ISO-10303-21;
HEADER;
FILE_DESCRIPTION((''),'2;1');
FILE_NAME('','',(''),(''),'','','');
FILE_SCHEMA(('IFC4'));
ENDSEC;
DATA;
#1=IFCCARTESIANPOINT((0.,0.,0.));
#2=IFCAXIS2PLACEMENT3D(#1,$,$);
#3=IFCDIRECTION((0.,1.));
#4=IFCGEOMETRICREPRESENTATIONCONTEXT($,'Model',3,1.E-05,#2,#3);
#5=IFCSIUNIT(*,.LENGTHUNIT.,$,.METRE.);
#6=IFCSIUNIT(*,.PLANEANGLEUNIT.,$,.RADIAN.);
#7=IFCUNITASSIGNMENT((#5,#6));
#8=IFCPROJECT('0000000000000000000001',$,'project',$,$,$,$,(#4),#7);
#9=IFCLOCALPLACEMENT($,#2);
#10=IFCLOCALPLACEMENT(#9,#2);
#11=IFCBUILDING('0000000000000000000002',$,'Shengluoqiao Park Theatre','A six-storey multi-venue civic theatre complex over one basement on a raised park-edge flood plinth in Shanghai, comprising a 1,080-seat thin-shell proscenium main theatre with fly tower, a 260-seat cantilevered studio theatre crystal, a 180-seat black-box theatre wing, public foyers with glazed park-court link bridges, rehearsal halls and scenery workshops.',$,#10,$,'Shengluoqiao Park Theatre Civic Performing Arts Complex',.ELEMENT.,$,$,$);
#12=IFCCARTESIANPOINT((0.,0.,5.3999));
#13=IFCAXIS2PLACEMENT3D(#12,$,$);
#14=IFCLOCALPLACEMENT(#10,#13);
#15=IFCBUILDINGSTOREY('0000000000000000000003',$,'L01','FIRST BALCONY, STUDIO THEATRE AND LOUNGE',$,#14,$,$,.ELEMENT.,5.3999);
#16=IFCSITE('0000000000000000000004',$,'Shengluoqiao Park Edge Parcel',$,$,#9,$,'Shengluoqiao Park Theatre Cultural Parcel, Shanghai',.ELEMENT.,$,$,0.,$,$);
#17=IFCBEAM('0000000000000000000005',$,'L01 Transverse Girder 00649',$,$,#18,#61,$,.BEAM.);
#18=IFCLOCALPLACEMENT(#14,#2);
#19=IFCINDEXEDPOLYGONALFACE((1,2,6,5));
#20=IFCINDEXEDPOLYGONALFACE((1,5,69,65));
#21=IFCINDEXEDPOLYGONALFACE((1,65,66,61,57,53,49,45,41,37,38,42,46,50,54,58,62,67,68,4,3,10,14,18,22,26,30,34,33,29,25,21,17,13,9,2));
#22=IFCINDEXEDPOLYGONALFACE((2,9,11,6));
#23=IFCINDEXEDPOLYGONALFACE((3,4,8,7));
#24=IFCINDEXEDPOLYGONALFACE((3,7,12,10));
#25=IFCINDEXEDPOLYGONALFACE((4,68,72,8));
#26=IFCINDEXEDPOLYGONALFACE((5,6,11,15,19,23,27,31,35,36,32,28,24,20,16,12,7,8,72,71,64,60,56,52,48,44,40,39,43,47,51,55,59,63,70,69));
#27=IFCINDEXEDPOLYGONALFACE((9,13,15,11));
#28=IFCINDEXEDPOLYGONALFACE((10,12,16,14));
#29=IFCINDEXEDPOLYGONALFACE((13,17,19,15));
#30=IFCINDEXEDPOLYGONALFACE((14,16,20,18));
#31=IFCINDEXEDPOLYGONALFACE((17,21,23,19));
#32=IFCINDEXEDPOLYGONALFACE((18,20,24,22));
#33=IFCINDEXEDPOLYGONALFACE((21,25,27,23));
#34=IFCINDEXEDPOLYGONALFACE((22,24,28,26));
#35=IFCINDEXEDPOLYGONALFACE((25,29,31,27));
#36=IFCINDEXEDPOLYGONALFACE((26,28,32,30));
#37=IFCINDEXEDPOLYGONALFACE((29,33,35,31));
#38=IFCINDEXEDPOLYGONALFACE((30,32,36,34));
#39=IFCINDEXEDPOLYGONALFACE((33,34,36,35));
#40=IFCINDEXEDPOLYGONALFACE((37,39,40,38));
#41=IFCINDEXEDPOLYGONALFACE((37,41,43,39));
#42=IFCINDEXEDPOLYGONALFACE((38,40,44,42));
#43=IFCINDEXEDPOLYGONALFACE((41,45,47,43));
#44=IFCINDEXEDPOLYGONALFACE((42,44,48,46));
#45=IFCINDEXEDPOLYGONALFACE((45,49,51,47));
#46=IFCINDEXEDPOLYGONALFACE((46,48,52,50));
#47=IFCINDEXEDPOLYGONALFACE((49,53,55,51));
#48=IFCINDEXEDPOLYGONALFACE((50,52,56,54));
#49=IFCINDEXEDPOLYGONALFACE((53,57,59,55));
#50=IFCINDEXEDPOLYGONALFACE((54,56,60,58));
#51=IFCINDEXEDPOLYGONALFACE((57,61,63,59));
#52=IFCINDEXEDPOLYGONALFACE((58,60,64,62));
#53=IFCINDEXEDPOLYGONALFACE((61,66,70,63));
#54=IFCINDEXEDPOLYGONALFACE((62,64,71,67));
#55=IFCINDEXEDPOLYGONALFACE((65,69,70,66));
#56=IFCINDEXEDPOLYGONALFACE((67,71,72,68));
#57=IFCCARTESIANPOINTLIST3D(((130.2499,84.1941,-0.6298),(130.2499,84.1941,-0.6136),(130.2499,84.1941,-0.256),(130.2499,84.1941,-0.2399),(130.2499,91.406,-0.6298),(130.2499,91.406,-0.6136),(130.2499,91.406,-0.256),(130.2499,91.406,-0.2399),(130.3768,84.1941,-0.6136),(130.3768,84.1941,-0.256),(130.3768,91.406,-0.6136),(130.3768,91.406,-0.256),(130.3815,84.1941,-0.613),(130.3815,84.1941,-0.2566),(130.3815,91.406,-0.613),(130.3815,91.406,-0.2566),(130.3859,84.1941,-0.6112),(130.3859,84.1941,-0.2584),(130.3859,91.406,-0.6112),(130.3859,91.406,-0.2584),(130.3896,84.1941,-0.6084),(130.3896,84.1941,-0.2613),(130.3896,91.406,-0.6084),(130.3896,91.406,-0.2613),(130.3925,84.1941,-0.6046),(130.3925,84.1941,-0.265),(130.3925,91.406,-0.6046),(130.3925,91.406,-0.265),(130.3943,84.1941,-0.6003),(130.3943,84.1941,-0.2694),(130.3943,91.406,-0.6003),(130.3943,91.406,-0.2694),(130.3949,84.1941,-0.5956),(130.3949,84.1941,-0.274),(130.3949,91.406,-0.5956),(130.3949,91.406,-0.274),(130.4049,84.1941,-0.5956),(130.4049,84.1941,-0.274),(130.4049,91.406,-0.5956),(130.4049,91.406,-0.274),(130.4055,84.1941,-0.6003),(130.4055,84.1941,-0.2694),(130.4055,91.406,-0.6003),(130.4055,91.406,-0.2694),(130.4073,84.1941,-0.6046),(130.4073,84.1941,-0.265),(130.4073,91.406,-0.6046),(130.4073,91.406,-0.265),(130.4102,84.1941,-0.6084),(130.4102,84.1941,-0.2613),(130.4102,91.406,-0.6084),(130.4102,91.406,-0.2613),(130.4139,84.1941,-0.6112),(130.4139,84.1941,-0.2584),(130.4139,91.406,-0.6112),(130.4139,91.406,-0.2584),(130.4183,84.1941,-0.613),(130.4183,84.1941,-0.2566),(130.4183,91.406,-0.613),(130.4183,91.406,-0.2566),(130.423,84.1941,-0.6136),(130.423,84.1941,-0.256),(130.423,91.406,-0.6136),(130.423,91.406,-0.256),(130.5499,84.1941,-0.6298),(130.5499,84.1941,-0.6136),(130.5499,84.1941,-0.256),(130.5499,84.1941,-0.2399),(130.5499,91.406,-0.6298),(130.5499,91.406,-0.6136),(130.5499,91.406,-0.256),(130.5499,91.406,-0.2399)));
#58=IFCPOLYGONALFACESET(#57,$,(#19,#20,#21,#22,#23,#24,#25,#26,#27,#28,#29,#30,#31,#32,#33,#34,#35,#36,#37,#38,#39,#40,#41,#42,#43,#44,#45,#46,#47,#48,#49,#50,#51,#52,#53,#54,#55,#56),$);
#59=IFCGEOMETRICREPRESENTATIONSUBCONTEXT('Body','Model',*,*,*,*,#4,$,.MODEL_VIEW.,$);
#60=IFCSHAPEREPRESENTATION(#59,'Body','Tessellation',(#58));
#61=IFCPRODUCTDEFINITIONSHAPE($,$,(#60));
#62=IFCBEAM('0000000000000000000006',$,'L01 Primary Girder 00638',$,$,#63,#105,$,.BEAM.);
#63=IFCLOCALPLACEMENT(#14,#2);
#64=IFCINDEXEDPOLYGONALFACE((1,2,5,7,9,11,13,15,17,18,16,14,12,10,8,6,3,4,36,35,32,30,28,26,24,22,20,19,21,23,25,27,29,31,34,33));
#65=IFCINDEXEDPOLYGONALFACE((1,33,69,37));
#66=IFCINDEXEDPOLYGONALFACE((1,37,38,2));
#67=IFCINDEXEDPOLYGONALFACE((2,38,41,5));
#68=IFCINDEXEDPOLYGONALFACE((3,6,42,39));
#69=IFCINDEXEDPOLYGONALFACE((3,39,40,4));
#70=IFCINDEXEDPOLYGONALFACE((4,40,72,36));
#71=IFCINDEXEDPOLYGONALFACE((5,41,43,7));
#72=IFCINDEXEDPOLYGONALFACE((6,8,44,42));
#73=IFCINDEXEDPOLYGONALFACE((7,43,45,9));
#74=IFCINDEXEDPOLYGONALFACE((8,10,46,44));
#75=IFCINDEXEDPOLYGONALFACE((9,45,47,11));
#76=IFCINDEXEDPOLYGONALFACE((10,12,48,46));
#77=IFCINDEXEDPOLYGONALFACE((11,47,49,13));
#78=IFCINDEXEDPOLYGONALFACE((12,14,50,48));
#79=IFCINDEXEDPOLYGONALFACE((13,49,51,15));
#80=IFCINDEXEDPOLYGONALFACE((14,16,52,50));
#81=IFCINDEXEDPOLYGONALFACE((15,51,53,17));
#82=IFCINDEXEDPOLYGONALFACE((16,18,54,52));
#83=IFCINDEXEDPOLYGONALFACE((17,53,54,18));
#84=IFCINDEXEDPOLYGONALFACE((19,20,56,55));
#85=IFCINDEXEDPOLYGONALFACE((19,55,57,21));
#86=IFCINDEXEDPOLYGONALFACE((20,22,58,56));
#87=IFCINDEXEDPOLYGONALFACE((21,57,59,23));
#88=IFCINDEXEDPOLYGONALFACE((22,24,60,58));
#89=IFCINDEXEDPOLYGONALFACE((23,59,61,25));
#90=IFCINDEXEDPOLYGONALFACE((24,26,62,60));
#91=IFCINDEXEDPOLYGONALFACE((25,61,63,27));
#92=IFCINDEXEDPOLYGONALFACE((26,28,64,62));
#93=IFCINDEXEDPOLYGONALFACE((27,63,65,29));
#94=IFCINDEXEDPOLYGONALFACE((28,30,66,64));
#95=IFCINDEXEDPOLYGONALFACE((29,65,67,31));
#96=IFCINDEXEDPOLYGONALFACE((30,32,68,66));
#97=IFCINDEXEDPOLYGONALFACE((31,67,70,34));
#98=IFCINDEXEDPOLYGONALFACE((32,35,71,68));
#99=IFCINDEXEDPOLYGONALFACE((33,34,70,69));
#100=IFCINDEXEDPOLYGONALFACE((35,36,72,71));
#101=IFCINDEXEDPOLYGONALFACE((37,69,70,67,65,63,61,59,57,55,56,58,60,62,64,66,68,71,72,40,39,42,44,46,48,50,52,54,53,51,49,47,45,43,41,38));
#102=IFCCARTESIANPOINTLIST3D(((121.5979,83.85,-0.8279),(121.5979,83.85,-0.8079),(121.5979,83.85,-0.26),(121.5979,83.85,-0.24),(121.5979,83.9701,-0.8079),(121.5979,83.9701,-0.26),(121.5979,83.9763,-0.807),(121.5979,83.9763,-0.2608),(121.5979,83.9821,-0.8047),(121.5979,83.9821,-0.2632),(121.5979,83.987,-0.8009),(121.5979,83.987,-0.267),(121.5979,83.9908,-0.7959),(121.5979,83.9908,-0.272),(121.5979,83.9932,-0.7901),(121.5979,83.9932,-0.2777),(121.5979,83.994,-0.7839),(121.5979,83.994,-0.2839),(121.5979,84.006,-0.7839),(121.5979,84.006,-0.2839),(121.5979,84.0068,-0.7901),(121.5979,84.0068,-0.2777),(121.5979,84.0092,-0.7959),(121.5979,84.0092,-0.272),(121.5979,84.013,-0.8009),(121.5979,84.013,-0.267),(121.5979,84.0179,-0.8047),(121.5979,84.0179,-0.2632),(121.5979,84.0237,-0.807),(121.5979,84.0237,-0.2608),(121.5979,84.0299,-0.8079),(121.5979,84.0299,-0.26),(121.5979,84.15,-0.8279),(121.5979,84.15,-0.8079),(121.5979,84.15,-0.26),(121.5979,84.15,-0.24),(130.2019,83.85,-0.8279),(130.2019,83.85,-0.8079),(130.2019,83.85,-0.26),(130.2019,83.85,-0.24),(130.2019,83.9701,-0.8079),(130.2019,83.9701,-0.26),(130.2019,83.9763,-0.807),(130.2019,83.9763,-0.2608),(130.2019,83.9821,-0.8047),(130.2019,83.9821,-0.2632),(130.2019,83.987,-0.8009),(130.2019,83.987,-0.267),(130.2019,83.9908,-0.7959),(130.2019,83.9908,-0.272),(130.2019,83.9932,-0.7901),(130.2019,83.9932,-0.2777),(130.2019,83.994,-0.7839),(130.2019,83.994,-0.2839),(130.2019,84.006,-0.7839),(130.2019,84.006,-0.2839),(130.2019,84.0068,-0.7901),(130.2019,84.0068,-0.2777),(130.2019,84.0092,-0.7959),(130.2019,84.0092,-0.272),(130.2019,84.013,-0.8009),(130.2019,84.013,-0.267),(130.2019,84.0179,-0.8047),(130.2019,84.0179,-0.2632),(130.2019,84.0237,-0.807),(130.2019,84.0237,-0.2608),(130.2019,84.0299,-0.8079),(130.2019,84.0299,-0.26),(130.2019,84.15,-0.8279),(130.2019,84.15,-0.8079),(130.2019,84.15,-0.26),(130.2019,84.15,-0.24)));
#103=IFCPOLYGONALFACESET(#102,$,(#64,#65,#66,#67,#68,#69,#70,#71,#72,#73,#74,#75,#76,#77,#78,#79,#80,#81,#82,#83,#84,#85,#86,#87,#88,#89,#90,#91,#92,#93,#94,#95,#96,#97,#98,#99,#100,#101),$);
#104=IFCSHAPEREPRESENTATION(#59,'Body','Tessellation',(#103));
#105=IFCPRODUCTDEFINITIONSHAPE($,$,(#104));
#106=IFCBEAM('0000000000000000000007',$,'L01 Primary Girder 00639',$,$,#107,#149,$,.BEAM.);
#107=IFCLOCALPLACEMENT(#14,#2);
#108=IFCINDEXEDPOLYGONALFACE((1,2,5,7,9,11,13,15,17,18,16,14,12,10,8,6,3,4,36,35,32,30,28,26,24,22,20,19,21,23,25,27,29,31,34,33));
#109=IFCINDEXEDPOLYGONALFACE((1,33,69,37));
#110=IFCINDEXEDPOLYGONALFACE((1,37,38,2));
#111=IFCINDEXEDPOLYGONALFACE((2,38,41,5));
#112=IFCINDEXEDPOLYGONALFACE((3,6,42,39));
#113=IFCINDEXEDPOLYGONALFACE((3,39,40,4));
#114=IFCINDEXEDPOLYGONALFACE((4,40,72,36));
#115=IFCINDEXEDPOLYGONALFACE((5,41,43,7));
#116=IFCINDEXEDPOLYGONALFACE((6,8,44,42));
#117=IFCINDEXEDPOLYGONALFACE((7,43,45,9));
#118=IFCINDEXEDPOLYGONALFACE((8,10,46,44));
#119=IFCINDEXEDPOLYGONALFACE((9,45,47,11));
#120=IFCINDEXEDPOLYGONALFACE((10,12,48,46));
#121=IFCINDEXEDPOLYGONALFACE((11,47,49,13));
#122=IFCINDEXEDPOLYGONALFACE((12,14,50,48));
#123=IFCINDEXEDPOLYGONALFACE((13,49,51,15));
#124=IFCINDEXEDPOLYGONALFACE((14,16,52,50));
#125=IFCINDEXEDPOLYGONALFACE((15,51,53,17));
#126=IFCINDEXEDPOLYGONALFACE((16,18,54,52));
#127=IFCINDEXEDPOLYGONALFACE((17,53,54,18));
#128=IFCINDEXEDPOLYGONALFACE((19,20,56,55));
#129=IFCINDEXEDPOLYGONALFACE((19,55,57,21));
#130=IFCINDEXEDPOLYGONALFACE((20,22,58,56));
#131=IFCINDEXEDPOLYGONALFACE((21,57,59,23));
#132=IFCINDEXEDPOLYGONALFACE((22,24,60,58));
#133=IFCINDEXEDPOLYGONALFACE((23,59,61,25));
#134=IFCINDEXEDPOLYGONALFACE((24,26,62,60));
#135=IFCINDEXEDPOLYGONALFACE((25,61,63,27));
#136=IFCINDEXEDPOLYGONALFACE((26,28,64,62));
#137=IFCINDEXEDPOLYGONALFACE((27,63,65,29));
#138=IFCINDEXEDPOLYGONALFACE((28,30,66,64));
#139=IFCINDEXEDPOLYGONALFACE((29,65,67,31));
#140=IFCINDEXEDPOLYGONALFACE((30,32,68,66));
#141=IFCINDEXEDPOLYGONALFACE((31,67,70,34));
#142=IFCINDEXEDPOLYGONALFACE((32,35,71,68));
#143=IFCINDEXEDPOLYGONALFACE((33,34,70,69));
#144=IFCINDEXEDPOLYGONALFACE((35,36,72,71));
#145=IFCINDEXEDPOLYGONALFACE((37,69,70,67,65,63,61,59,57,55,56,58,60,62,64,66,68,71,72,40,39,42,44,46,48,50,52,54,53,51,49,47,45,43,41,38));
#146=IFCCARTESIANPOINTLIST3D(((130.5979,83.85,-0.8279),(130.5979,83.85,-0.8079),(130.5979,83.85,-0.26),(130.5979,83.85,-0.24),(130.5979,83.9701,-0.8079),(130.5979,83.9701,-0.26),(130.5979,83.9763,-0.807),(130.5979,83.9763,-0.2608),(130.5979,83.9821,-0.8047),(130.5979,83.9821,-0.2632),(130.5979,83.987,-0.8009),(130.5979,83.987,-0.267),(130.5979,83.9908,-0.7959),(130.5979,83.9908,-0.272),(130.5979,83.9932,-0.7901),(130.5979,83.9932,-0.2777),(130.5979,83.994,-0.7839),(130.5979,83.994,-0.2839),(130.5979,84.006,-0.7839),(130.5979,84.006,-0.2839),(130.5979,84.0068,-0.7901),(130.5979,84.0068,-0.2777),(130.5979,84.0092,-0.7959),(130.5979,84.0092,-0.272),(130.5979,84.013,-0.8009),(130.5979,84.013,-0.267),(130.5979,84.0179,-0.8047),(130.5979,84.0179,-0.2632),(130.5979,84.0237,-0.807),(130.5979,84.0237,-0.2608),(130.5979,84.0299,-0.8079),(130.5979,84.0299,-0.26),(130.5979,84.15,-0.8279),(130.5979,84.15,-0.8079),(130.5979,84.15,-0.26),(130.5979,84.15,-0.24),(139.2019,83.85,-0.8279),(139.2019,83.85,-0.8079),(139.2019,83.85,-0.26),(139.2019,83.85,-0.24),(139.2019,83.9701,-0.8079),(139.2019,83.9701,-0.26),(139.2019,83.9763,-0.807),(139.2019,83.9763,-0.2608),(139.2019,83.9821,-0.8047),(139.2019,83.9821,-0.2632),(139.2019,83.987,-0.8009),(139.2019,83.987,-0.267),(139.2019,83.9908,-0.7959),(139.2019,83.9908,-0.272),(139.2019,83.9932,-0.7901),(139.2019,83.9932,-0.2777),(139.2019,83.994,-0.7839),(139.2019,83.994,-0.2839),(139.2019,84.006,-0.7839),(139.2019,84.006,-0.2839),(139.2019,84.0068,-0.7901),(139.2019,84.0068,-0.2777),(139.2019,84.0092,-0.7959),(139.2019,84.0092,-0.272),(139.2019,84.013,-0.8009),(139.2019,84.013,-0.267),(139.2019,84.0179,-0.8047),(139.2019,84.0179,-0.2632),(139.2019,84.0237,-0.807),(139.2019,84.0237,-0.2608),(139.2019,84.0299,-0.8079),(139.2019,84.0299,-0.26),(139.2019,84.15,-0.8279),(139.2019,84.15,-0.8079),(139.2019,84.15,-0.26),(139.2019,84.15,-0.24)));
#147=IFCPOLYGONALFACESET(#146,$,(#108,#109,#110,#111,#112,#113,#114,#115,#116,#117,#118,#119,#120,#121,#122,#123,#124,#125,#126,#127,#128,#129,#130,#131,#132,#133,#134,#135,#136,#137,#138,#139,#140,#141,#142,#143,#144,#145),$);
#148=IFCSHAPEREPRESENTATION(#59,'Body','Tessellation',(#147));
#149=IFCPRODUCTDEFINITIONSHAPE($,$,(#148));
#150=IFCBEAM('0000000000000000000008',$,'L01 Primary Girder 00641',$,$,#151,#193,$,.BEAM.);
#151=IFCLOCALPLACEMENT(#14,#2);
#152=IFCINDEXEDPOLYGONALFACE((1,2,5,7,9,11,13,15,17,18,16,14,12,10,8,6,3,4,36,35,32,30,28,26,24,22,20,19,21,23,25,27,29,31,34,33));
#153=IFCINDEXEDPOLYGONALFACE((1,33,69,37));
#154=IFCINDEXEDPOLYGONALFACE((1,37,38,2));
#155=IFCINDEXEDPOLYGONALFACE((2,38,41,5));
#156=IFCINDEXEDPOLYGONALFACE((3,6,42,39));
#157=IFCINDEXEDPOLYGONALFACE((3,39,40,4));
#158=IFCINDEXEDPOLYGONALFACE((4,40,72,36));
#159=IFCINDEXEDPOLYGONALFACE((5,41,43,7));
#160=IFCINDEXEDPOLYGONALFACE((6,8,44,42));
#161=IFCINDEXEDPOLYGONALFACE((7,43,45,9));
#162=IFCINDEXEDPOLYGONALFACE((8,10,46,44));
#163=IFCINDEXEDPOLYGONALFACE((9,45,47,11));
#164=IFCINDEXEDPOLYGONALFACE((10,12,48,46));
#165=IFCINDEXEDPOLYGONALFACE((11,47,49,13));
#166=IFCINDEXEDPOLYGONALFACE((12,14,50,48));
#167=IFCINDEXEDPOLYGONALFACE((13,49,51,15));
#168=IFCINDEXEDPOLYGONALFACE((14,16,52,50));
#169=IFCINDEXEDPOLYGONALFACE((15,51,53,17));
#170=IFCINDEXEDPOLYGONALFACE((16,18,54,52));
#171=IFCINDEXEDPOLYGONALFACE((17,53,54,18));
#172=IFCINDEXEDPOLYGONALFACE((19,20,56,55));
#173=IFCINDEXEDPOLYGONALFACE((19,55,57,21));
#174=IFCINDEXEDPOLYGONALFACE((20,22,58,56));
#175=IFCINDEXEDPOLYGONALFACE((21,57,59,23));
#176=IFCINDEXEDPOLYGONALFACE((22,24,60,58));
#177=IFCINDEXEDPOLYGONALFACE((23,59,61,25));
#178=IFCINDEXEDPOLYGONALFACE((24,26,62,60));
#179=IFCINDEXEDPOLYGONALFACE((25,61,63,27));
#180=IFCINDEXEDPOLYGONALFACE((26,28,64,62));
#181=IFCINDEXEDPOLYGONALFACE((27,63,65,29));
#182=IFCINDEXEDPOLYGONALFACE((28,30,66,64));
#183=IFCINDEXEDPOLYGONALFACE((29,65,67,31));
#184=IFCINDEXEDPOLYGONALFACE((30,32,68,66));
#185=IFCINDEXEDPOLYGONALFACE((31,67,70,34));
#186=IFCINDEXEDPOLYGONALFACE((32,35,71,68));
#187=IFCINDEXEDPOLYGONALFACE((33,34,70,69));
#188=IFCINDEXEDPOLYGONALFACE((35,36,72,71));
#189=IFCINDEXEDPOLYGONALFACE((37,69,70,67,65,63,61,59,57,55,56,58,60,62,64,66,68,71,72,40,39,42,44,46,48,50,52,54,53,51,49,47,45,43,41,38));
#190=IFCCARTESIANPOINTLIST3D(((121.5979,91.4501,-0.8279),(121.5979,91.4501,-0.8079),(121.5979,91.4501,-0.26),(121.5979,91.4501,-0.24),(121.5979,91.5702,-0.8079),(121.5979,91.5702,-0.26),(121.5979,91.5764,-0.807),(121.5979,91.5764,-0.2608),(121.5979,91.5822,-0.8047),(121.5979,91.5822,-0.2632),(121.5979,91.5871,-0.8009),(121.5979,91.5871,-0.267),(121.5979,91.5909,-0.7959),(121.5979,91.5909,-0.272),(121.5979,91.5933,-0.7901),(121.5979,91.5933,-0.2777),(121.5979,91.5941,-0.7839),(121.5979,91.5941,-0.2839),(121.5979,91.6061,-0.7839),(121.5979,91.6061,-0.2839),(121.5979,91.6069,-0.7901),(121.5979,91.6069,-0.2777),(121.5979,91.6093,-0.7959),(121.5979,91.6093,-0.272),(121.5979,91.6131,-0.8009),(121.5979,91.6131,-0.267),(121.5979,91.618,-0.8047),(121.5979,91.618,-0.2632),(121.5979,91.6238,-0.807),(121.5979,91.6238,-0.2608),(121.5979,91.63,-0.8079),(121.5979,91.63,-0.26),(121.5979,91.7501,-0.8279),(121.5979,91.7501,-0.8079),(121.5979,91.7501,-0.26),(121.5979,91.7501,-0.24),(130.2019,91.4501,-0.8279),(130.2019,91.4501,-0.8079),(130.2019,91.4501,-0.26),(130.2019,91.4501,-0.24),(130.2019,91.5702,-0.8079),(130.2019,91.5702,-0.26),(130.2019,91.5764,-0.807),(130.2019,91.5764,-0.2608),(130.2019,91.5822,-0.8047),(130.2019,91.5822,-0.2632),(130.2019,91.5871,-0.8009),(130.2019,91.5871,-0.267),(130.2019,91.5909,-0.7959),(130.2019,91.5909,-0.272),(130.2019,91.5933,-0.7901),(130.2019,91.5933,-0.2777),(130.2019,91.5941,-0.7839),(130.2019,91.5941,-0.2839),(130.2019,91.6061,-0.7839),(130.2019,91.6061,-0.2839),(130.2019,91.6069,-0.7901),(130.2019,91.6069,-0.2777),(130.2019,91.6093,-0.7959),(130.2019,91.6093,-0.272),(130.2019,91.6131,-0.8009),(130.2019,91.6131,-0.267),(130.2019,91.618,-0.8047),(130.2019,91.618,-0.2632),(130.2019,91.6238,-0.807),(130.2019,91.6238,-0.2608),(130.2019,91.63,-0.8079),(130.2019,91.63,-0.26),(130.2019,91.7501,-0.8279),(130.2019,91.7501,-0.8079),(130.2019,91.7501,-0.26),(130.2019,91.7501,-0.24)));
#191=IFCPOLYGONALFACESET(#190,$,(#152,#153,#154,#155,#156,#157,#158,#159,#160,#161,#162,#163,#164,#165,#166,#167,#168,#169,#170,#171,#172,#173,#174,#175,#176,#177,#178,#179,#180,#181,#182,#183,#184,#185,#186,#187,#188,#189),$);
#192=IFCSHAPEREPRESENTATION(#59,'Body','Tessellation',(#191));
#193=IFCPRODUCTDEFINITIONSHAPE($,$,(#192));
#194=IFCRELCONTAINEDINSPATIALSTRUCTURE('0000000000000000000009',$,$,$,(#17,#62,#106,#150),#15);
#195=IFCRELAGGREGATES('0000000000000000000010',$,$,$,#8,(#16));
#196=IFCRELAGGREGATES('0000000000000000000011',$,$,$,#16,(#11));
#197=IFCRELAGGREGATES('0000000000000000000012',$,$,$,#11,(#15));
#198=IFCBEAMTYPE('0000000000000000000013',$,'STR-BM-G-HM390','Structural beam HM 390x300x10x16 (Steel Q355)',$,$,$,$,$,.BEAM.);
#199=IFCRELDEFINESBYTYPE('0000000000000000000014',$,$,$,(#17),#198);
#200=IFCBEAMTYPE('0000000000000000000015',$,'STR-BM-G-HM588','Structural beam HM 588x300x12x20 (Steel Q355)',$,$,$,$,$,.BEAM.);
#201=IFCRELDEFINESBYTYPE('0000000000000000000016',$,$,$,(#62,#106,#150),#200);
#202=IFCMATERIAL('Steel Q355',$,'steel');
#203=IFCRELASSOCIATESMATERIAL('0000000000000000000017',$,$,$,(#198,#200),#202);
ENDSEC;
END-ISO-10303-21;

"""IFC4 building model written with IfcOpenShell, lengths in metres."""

from ifc_helpers import new_model, si_unit, direction, frame, origin, origin_2d, place, context, subcontext, project, spatial, i_section, extrude, material, material_profile, profile_set, type_object, element, save


model = new_model("IFC4")

# Units and contexts
model_context = context("Model", 3, precision=1e-05, world=origin(), true_north=direction((0.0, 1.0)))
body_context = subcontext(model_context, "Body", "Model", "MODEL_VIEW")
ifc_project = project(units=[si_unit("LENGTHUNIT", "METRE"), si_unit("PLANEANGLEUNIT", "RADIAN")], contexts=[model_context])

# Site, building, storey
site_placement = place(None, origin())
site = spatial("IfcSite", under=ifc_project, at=site_placement, Name="Shengluoqiao Park Edge Parcel", LongName="Shengluoqiao Park Theatre Cultural Parcel, Shanghai", CompositionType="ELEMENT", RefElevation=0.0)
building_placement = place(site_placement, origin())
building = spatial("IfcBuilding", under=site, at=building_placement, Name="Shengluoqiao Park Theatre", Description="A six-storey multi-venue civic theatre complex over one basement on a raised park-edge flood plinth in Shanghai, comprising a 1,080-seat thin-shell proscenium main theatre with fly tower, a 260-seat cantilevered studio theatre crystal, a 180-seat black-box theatre wing, public foyers with glazed park-court link bridges, rehearsal halls and scenery workshops.", LongName="Shengluoqiao Park Theatre Civic Performing Arts Complex", CompositionType="ELEMENT")
storey_placement = place(building_placement, frame((0.0, 0.0, 5.3999)))
storey = spatial("IfcBuildingStorey", under=building, at=storey_placement, Name="L01", Description="FIRST BALCONY, STUDIO THEATRE AND LOUNGE", CompositionType="ELEMENT", Elevation=5.3999)

# Beams
ifc_material_1 = material(Name="Steel Q355", Category="steel")
ifc_material_profile_1 = material_profile(ifc_material_1, i_section(OverallWidth=0.3, OverallDepth=0.3899, WebThickness=0.01, FlangeThickness=0.0161, FilletRadius=0.0181, at=origin_2d()), Name="HM 390x300x10x16")
ifc_profile_set_1 = profile_set([ifc_material_profile_1], Name="Steel Q355")
beam_type_1 = type_object("IfcBeamType", Name="STR-BM-G-HM390", Description="Structural beam HM 390x300x10x16 (Steel Q355)", PredefinedType="BEAM", material=ifc_profile_set_1)
for number, where, z_axis, x_axis, name in (
    (1, (130.3999, 84.1941, -0.4348), (0.0, 1.0, 0.0), (-1.0, 0.0, 0.0), "L01 Transverse Girder 00649"),
):
    element("IfcBeam", number, at=place(storey_placement, frame(where, z_axis=z_axis, x_axis=x_axis)), inside=storey, type_object=beam_type_1, Name=name, PredefinedType="BEAM", context=body_context, shape_type="SweptSolid", body=[
        extrude(i_section(OverallWidth=0.3, OverallDepth=0.3899, WebThickness=0.01, FlangeThickness=0.0161, FilletRadius=0.0181, at=origin_2d()), origin(), (0.0, 0.0, 1.0), 7.2119),
    ])
ifc_material_profile_2 = material_profile(ifc_material_1, i_section(OverallWidth=0.3, OverallDepth=0.5879, WebThickness=0.012, FlangeThickness=0.02, FilletRadius=0.0239, at=origin_2d()), Name="HM 588x300x12x20")
ifc_profile_set_2 = profile_set([ifc_material_profile_2], Name="Steel Q355")
beam_type_2 = type_object("IfcBeamType", Name="STR-BM-G-HM588", Description="Structural beam HM 588x300x12x20 (Steel Q355)", PredefinedType="BEAM", material=ifc_profile_set_2)
for number, where, z_axis, x_axis, name in (
    (2, (121.5979, 84.0, -0.5339), (1.0, 0.0, 0.0), (0.0, 1.0, 0.0), "L01 Primary Girder 00638"),
    (3, (130.5979, 84.0, -0.5339), (1.0, 0.0, 0.0), (0.0, 1.0, 0.0), "L01 Primary Girder 00639"),
    (4, (121.5979, 91.6001, -0.5339), (1.0, 0.0, 0.0), (0.0, 1.0, 0.0), "L01 Primary Girder 00641"),
):
    element("IfcBeam", number, at=place(storey_placement, frame(where, z_axis=z_axis, x_axis=x_axis)), inside=storey, type_object=beam_type_2, Name=name, PredefinedType="BEAM", context=body_context, shape_type="SweptSolid", body=[
        extrude(i_section(OverallWidth=0.3, OverallDepth=0.5879, WebThickness=0.012, FlangeThickness=0.02, FilletRadius=0.0239, at=origin_2d()), origin(), (0.0, 0.0, 1.0), 8.604),
    ])

save(model, "model.ifc")
